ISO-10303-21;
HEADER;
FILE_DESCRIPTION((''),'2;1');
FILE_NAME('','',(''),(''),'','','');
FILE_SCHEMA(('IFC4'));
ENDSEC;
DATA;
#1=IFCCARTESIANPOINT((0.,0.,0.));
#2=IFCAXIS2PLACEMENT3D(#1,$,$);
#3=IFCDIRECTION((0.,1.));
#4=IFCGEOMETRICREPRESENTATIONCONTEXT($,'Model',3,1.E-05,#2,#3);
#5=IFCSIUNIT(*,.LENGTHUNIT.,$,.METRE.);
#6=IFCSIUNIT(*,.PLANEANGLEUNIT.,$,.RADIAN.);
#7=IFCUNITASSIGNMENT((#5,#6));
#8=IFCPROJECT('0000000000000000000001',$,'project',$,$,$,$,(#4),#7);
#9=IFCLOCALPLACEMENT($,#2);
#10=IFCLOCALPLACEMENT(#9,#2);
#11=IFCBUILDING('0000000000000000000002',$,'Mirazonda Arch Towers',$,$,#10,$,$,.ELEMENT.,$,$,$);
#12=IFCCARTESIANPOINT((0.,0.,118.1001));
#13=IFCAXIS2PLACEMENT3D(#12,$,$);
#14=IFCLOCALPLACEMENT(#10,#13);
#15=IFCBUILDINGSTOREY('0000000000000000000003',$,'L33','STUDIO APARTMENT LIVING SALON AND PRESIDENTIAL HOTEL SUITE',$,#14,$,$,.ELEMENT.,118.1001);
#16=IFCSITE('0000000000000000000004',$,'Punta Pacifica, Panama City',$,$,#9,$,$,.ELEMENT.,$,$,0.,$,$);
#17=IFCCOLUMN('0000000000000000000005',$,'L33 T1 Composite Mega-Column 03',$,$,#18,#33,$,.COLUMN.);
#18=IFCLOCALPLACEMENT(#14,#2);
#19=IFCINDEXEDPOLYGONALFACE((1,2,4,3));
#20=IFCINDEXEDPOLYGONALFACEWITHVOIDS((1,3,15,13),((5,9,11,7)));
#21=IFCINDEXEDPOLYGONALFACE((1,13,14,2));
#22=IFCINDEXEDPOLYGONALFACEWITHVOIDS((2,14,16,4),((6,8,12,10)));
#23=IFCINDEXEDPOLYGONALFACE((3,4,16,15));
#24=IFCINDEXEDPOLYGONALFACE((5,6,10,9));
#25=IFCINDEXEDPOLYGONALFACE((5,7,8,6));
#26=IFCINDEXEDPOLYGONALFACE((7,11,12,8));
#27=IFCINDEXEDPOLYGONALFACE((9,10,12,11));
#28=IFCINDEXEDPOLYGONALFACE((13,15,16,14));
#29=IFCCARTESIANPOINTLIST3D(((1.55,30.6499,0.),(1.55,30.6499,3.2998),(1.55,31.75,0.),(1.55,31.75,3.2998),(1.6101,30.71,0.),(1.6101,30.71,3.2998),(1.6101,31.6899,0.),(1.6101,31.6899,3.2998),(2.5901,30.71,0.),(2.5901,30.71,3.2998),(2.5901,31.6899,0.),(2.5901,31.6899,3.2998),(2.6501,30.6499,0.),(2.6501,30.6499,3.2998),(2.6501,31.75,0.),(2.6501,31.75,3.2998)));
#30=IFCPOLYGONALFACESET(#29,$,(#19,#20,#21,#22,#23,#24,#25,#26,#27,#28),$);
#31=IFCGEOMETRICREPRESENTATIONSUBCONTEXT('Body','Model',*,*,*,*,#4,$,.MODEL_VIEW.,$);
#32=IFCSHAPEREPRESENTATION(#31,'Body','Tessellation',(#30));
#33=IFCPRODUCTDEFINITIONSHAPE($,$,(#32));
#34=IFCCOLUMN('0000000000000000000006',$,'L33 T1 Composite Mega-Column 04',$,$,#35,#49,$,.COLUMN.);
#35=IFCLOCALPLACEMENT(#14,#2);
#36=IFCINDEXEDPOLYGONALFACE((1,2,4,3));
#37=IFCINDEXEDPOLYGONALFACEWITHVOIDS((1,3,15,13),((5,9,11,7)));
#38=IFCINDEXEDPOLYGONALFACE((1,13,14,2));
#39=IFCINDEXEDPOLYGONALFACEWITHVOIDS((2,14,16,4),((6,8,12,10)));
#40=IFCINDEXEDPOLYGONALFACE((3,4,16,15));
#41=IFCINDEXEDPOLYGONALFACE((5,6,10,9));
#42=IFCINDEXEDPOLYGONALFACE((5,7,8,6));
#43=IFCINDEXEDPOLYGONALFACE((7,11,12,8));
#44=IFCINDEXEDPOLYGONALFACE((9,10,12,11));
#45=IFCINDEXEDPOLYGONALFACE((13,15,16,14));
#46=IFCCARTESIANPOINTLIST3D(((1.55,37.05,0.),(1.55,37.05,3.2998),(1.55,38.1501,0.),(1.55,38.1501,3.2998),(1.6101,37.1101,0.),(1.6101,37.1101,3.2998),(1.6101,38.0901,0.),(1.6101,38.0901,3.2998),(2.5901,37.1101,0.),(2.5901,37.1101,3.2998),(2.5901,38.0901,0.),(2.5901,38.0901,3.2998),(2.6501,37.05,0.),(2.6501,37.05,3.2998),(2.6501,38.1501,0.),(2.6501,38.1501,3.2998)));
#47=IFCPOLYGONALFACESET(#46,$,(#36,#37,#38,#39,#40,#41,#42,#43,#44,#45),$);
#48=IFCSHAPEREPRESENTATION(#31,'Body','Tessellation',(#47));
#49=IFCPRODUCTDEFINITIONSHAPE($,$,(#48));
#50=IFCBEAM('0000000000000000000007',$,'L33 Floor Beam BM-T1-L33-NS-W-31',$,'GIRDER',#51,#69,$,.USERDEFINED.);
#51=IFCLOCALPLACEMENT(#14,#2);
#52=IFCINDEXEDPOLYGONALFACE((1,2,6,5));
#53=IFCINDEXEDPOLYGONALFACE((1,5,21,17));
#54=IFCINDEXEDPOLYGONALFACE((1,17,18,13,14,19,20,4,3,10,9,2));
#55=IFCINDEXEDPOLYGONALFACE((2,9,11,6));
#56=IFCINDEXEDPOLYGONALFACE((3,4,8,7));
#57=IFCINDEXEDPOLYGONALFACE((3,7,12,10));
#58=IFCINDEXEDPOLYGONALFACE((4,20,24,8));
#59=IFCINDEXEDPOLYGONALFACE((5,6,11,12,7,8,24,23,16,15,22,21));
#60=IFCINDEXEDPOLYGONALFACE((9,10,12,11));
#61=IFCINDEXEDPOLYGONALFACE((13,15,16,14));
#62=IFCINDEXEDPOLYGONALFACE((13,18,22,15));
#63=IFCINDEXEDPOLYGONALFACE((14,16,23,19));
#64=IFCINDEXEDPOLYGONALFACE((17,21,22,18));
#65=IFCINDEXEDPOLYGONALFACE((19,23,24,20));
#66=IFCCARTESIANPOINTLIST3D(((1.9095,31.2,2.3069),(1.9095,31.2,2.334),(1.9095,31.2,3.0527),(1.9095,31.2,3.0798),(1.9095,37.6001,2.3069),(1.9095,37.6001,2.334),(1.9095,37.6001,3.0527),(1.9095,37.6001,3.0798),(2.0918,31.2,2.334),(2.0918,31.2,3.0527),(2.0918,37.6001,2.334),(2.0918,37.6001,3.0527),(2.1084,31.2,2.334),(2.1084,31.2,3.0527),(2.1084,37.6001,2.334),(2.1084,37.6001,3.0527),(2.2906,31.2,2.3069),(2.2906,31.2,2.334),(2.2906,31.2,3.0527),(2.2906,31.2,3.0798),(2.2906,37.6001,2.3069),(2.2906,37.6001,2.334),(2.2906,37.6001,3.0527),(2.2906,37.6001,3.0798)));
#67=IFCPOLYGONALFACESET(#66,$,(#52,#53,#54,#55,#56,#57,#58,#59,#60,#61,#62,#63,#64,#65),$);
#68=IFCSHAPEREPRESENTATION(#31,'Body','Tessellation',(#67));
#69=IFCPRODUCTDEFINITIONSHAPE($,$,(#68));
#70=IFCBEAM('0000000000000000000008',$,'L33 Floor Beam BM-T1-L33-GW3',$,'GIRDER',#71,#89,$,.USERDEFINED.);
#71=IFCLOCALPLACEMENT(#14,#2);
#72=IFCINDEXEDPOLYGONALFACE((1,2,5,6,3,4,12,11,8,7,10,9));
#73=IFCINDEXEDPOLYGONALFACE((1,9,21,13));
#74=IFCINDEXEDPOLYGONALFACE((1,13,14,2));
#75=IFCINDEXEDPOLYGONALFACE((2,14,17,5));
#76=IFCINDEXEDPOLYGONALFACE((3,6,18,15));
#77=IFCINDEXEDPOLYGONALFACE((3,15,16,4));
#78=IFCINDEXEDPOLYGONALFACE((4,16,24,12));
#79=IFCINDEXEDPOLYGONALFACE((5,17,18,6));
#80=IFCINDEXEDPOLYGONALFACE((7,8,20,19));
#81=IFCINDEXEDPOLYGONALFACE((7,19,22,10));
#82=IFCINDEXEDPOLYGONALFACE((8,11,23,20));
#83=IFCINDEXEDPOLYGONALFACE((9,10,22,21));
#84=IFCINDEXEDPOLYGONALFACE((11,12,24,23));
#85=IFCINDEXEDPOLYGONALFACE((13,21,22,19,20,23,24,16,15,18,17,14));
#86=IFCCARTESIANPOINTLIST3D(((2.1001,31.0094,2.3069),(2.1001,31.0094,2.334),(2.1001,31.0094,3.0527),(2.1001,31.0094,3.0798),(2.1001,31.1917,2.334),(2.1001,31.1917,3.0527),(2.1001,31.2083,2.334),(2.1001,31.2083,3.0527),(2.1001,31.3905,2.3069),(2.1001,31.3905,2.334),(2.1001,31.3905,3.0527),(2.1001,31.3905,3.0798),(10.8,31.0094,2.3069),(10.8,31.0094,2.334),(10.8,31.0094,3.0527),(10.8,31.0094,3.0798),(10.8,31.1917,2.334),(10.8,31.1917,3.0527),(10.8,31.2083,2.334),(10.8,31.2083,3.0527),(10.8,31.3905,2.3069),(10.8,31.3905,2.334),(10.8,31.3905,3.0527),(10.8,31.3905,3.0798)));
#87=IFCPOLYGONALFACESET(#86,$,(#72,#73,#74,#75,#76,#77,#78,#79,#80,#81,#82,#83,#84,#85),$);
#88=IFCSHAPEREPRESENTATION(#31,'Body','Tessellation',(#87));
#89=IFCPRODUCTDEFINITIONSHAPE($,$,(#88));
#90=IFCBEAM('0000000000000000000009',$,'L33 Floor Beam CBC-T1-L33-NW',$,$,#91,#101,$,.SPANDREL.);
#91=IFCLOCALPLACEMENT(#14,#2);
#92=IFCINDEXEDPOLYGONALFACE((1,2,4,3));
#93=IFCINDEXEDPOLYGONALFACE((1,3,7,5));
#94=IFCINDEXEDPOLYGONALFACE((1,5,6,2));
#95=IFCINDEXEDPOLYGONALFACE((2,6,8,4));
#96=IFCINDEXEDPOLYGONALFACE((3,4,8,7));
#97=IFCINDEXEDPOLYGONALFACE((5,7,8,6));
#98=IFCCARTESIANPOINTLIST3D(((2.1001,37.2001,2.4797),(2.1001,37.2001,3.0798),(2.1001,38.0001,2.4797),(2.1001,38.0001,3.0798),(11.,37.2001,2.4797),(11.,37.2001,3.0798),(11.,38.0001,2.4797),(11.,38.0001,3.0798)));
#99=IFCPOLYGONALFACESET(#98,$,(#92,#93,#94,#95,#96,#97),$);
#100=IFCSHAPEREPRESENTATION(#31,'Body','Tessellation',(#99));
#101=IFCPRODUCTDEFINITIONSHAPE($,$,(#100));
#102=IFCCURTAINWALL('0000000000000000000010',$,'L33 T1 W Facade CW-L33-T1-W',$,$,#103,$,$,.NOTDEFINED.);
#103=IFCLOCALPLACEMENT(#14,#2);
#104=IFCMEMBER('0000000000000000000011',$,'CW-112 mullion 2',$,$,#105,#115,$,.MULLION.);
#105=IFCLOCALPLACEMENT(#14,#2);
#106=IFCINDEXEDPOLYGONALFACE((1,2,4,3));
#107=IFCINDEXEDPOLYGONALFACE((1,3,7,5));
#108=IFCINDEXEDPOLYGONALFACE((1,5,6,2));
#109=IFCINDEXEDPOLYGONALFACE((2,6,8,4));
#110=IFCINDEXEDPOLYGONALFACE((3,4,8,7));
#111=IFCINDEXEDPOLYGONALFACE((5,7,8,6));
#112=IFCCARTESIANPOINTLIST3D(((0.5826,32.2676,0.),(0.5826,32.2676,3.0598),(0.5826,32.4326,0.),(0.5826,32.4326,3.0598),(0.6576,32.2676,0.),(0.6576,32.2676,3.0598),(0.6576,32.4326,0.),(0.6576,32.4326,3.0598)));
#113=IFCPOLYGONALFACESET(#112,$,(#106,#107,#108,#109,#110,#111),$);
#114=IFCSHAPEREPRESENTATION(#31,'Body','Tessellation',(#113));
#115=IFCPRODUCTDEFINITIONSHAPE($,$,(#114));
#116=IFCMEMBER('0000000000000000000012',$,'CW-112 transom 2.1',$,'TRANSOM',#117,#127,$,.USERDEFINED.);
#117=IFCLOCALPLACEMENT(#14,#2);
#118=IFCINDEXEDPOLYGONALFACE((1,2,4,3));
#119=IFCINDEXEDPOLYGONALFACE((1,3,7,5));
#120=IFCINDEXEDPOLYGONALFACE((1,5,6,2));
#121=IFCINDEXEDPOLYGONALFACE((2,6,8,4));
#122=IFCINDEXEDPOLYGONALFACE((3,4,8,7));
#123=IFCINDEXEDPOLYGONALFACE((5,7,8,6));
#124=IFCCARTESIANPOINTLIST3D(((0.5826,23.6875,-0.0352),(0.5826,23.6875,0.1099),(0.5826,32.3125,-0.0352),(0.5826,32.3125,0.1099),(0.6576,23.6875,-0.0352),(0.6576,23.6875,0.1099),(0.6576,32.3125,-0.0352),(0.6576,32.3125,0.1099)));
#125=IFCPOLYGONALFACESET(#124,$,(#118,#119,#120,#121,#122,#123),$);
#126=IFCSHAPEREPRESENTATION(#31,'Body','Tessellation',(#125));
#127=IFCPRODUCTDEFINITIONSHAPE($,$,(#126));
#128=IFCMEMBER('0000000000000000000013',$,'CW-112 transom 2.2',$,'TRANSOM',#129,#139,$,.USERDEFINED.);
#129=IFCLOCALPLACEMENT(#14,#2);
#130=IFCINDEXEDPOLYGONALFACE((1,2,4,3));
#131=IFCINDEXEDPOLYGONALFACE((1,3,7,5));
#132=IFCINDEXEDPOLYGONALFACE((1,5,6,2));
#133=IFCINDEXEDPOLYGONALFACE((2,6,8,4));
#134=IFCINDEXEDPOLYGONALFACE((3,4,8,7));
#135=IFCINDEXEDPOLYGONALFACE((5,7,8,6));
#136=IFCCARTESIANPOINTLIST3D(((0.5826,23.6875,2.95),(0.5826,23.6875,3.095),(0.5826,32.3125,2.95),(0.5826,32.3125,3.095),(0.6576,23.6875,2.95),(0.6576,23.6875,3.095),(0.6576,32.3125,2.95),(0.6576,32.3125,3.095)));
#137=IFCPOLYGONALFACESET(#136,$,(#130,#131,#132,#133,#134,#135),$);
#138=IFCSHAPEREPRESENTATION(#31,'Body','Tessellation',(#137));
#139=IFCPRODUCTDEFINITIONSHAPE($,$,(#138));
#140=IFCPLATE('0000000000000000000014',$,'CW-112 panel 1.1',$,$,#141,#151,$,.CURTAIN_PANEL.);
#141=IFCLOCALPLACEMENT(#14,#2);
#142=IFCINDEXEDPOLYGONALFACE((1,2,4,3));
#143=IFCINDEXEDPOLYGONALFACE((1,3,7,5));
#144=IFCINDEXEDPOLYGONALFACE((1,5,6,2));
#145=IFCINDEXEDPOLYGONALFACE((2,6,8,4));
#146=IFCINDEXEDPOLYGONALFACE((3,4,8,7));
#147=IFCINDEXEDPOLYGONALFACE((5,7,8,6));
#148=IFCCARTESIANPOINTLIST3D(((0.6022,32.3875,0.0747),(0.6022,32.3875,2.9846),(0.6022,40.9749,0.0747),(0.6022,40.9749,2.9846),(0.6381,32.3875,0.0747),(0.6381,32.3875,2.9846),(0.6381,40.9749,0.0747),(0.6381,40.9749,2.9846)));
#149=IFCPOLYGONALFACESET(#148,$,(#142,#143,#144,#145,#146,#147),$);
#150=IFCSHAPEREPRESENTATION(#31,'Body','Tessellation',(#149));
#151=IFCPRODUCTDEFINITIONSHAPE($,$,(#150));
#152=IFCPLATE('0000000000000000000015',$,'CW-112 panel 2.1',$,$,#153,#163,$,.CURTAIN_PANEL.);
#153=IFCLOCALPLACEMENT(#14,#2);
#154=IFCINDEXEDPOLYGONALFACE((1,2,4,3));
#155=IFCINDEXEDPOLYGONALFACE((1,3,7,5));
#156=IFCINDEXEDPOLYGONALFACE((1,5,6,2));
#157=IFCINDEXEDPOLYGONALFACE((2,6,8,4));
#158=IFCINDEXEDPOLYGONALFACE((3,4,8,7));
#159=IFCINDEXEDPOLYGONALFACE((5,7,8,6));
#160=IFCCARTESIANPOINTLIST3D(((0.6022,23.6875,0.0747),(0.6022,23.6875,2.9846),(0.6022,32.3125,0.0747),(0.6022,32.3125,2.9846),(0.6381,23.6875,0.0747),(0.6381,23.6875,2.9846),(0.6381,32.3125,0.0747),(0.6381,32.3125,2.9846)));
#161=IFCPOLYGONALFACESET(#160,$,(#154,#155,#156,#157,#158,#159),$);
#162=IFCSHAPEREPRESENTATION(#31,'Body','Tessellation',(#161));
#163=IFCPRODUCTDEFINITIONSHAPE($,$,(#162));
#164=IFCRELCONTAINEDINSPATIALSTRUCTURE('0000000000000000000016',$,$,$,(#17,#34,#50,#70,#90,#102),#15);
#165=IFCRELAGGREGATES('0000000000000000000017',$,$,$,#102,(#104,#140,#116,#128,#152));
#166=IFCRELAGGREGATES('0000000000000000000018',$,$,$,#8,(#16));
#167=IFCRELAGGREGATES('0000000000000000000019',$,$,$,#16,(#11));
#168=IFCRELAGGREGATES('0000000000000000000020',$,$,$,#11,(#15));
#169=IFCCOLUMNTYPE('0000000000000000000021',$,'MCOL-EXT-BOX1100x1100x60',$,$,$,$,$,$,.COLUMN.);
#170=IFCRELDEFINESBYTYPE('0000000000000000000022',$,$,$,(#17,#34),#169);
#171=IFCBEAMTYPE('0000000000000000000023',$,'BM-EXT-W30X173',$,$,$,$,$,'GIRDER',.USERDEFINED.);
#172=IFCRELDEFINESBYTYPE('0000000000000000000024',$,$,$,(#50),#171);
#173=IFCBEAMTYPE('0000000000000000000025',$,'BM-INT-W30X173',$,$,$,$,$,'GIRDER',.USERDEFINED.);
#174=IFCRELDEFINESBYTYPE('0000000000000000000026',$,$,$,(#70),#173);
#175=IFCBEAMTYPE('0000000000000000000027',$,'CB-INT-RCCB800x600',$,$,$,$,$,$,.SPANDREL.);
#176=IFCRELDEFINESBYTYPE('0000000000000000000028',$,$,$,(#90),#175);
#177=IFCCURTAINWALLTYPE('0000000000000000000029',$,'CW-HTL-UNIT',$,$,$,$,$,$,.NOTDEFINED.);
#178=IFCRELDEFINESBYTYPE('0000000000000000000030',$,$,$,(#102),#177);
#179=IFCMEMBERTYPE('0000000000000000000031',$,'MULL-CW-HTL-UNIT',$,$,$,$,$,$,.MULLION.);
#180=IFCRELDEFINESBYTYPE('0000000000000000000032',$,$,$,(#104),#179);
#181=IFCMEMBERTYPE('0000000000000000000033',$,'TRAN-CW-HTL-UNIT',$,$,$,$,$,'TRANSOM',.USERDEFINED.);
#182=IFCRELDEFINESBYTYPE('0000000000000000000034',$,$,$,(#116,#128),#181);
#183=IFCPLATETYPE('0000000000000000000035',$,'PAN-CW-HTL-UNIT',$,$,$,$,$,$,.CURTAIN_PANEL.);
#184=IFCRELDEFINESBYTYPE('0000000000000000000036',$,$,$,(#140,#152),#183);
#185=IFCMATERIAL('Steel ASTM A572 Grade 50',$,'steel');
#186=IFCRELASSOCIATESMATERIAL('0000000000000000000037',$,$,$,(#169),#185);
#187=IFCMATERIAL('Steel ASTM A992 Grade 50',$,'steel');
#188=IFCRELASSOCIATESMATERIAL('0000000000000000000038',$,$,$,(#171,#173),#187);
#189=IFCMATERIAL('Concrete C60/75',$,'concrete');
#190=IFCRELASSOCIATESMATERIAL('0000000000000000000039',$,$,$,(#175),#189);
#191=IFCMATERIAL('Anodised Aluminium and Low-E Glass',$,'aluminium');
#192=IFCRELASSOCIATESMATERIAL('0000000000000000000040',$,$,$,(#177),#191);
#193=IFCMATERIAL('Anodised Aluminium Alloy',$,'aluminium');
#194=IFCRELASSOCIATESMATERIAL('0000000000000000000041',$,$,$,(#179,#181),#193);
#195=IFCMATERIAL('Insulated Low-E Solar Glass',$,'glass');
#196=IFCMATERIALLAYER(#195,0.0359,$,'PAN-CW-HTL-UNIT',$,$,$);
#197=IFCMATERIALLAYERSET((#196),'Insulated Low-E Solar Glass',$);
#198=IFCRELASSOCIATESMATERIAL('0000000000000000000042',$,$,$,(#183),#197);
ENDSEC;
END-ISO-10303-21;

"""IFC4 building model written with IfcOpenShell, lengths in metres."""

from ifc_helpers import new_model, si_unit, direction, frame, origin, origin_2d, place, context, subcontext, project, spatial, rectangle, hollow_rectangle, i_section, extrude, material, layer, layer_set, material_profile, profile_set, type_object, element, aggregate, save


model = new_model("IFC4")

# Units and contexts
model_context = context("Model", 3, precision=1e-05, world=origin(), true_north=direction((0.0, 1.0)))
body_context = subcontext(model_context, "Body", "Model", "MODEL_VIEW")
ifc_project = project(units=[si_unit("LENGTHUNIT", "METRE"), si_unit("PLANEANGLEUNIT", "RADIAN")], contexts=[model_context])

# Site, building, storey
site_placement = place(None, origin())
site = spatial("IfcSite", under=ifc_project, at=site_placement, Name="Punta Pacifica, Panama City", CompositionType="ELEMENT", RefElevation=0.0)
building_placement = place(site_placement, origin())
building = spatial("IfcBuilding", under=site, at=building_placement, Name="Mirazonda Arch Towers", CompositionType="ELEMENT")
storey_placement = place(building_placement, frame((0.0, 0.0, 118.1001)))
storey = spatial("IfcBuildingStorey", under=building, at=storey_placement, Name="L33", Description="STUDIO APARTMENT LIVING SALON AND PRESIDENTIAL HOTEL SUITE", CompositionType="ELEMENT", Elevation=118.1001)

# Columns
ifc_material_1 = material(Name="Steel ASTM A572 Grade 50", Category="steel")
ifc_material_profile_1 = material_profile(ifc_material_1, hollow_rectangle(XDim=1.1001, YDim=1.1001, WallThickness=0.0601, at=origin_2d()), Name="BOX1100x1100x60")
ifc_profile_set_1 = profile_set([ifc_material_profile_1], Name="Steel ASTM A572 Grade 50")
column_type = type_object("IfcColumnType", Name="MCOL-EXT-BOX1100x1100x60", PredefinedType="COLUMN", material=ifc_profile_set_1)
for number, where, z_axis, x_axis, name in (
    (1, (2.1001, 31.2, 0.0), (0.0, 0.0, 1.0), (1.0, 0.0, 0.0), "L33 T1 Composite Mega-Column 03"),
    (2, (2.1001, 37.6001, 0.0), (0.0, 0.0, 1.0), (1.0, 0.0, 0.0), "L33 T1 Composite Mega-Column 04"),
):
    element("IfcColumn", number, at=place(storey_placement, frame(where, z_axis=z_axis, x_axis=x_axis)), inside=storey, type_object=column_type, Name=name, PredefinedType="COLUMN", context=body_context, shape_type="SweptSolid", body=[
        extrude(hollow_rectangle(XDim=1.1001, YDim=1.1001, WallThickness=0.0601, at=origin_2d()), origin(), (0.0, 0.0, 1.0), 3.2998),
    ])

# Beams
ifc_material_2 = material(Name="Steel ASTM A992 Grade 50", Category="steel")
ifc_material_profile_2 = material_profile(ifc_material_2, i_section(OverallWidth=0.3811, OverallDepth=0.7729, WebThickness=0.0166, FlangeThickness=0.0271, at=origin_2d()), Name="W30X173")
ifc_profile_set_2 = profile_set([ifc_material_profile_2], Name="Steel ASTM A992 Grade 50")
beam_type_1 = type_object("IfcBeamType", Name="BM-EXT-W30X173", ElementType="GIRDER", PredefinedType="USERDEFINED", material=ifc_profile_set_2)
beam_1_placement = place(storey_placement, frame((2.1001, 31.2, 2.6934), z_axis=(0.0, 1.0, 0.0), x_axis=(-1.0, 0.0, 0.0)))
element("IfcBeam", 3, at=beam_1_placement, inside=storey, type_object=beam_type_1, Name="L33 Floor Beam BM-T1-L33-NS-W-31", ObjectType="GIRDER", PredefinedType="USERDEFINED", context=body_context, shape_type="SweptSolid", body=[
    extrude(i_section(OverallWidth=0.3811, OverallDepth=0.7729, WebThickness=0.0166, FlangeThickness=0.0271, at=origin_2d()), origin(), (0.0, 0.0, 1.0), 6.4001),
])
ifc_material_profile_3 = material_profile(ifc_material_2, i_section(OverallWidth=0.3811, OverallDepth=0.7729, WebThickness=0.0166, FlangeThickness=0.0271, at=origin_2d()), Name="W30X173")
ifc_profile_set_3 = profile_set([ifc_material_profile_3], Name="Steel ASTM A992 Grade 50")
beam_type_2 = type_object("IfcBeamType", Name="BM-INT-W30X173", ElementType="GIRDER", PredefinedType="USERDEFINED", material=ifc_profile_set_3)
beam_2_placement = place(storey_placement, frame((2.1001, 31.2, 2.6934), z_axis=(1.0, 0.0, 0.0), x_axis=(0.0, 1.0, 0.0)))
element("IfcBeam", 4, at=beam_2_placement, inside=storey, type_object=beam_type_2, Name="L33 Floor Beam BM-T1-L33-GW3", ObjectType="GIRDER", PredefinedType="USERDEFINED", context=body_context, shape_type="SweptSolid", body=[
    extrude(i_section(OverallWidth=0.3811, OverallDepth=0.7729, WebThickness=0.0166, FlangeThickness=0.0271, at=origin_2d()), origin(), (0.0, 0.0, 1.0), 8.7),
])
ifc_material_3 = material(Name="Concrete C60/75", Category="concrete")
ifc_material_profile_4 = material_profile(ifc_material_3, rectangle(XDim=0.8, YDim=0.6001, at=origin_2d()), Name="RCCB800x600")
ifc_profile_set_4 = profile_set([ifc_material_profile_4], Name="Concrete C60/75")
beam_type_3 = type_object("IfcBeamType", Name="CB-INT-RCCB800x600", PredefinedType="SPANDREL", material=ifc_profile_set_4)
beam_3_placement = place(storey_placement, frame((2.1001, 37.6001, 2.7798), z_axis=(1.0, 0.0, 0.0), x_axis=(0.0, 1.0, 0.0)))
element("IfcBeam", 5, at=beam_3_placement, inside=storey, type_object=beam_type_3, Name="L33 Floor Beam CBC-T1-L33-NW", PredefinedType="SPANDREL", context=body_context, shape_type="SweptSolid", body=[
    extrude(rectangle(XDim=0.8, YDim=0.6001, at=origin_2d()), origin(), (0.0, 0.0, 1.0), 8.8999),
])

# Curtain wall, members, plates
ifc_material_4 = material(Name="Anodised Aluminium and Low-E Glass", Category="aluminium")
curtain_wall_type = type_object("IfcCurtainWallType", Name="CW-HTL-UNIT", PredefinedType="NOTDEFINED", material=ifc_material_4)
curtain_wall_placement = place(storey_placement, origin())
curtain_wall = element("IfcCurtainWall", 6, at=curtain_wall_placement, inside=storey, type_object=curtain_wall_type, Name="L33 T1 W Facade CW-L33-T1-W", PredefinedType="NOTDEFINED")
ifc_material_5 = material(Name="Anodised Aluminium Alloy", Category="aluminium")
ifc_material_profile_5 = material_profile(ifc_material_5, rectangle(XDim=0.075, YDim=0.165, at=origin_2d()), Name="ALU-MULL-75x165")
ifc_profile_set_5 = profile_set([ifc_material_profile_5], Name="Anodised Aluminium Alloy")
member_type_1 = type_object("IfcMemberType", Name="MULL-CW-HTL-UNIT", PredefinedType="MULLION", material=ifc_profile_set_5)
member_1_placement = place(storey_placement, frame((0.6201, 32.3501, 0.0), z_axis=(0.0, 0.0, 1.0), x_axis=(1.0, 0.0, 0.0)))
member_1 = element("IfcMember", 7, at=member_1_placement, type_object=member_type_1, Name="CW-112 mullion 2", PredefinedType="MULLION", context=body_context, shape_type="SweptSolid", body=[
    extrude(rectangle(XDim=0.075, YDim=0.165, at=origin_2d()), origin(), (0.0, 0.0, 1.0), 3.0598),
])
ifc_material_profile_6 = material_profile(ifc_material_5, rectangle(XDim=0.075, YDim=0.145, at=origin_2d()), Name="ALU-TRAN-75x145")
ifc_profile_set_6 = profile_set([ifc_material_profile_6], Name="Anodised Aluminium Alloy")
member_type_2 = type_object("IfcMemberType", Name="TRAN-CW-HTL-UNIT", ElementType="TRANSOM", PredefinedType="USERDEFINED", material=ifc_profile_set_6)
member_2_placement = place(storey_placement, frame((0.6201, 32.3125, 0.0374), z_axis=(0.0, -1.0, 0.0), x_axis=(1.0, 0.0, 0.0)))
member_2 = element("IfcMember", 8, at=member_2_placement, type_object=member_type_2, Name="CW-112 transom 2.1", ObjectType="TRANSOM", PredefinedType="USERDEFINED", context=body_context, shape_type="SweptSolid", body=[
    extrude(rectangle(XDim=0.075, YDim=0.145, at=origin_2d()), origin(), (0.0, 0.0, 1.0), 8.625),
])
member_3_placement = place(storey_placement, frame((0.6201, 32.3125, 3.0225), z_axis=(0.0, -1.0, 0.0), x_axis=(1.0, 0.0, 0.0)))
member_3 = element("IfcMember", 9, at=member_3_placement, type_object=member_type_2, Name="CW-112 transom 2.2", ObjectType="TRANSOM", PredefinedType="USERDEFINED", context=body_context, shape_type="SweptSolid", body=[
    extrude(rectangle(XDim=0.075, YDim=0.145, at=origin_2d()), origin(), (0.0, 0.0, 1.0), 8.625),
])
ifc_material_6 = material(Name="Insulated Low-E Solar Glass", Category="glass")
ifc_layer_1 = layer(ifc_material_6, 0.0359, Name="PAN-CW-HTL-UNIT")
ifc_layer_set_1 = layer_set([ifc_layer_1], Name="Insulated Low-E Solar Glass")
plate_type = type_object("IfcPlateType", Name="PAN-CW-HTL-UNIT", PredefinedType="CURTAIN_PANEL", material=ifc_layer_set_1)
plate_1_placement = place(storey_placement, frame((0.6201, 36.6812, 0.0747), z_axis=(0.0, 0.0, 1.0), x_axis=(0.0, -1.0, 0.0)))
plate_1 = element("IfcPlate", 10, at=plate_1_placement, type_object=plate_type, Name="CW-112 panel 1.1", PredefinedType="CURTAIN_PANEL", context=body_context, shape_type="SweptSolid", body=[
    extrude(rectangle(XDim=8.5874, YDim=0.0359, at=origin_2d()), origin(), (0.0, 0.0, 1.0), 2.9099),
])
plate_2_placement = place(storey_placement, frame((0.6201, 28.0, 0.0747), z_axis=(0.0, 0.0, 1.0), x_axis=(0.0, -1.0, 0.0)))
plate_2 = element("IfcPlate", 11, at=plate_2_placement, type_object=plate_type, Name="CW-112 panel 2.1", PredefinedType="CURTAIN_PANEL", context=body_context, shape_type="SweptSolid", body=[
    extrude(rectangle(XDim=8.625, YDim=0.0359, at=origin_2d()), origin(), (0.0, 0.0, 1.0), 2.9099),
])
aggregate(curtain_wall, [member_1, plate_1, member_2, member_3, plate_2])

save(model, "model.ifc")
